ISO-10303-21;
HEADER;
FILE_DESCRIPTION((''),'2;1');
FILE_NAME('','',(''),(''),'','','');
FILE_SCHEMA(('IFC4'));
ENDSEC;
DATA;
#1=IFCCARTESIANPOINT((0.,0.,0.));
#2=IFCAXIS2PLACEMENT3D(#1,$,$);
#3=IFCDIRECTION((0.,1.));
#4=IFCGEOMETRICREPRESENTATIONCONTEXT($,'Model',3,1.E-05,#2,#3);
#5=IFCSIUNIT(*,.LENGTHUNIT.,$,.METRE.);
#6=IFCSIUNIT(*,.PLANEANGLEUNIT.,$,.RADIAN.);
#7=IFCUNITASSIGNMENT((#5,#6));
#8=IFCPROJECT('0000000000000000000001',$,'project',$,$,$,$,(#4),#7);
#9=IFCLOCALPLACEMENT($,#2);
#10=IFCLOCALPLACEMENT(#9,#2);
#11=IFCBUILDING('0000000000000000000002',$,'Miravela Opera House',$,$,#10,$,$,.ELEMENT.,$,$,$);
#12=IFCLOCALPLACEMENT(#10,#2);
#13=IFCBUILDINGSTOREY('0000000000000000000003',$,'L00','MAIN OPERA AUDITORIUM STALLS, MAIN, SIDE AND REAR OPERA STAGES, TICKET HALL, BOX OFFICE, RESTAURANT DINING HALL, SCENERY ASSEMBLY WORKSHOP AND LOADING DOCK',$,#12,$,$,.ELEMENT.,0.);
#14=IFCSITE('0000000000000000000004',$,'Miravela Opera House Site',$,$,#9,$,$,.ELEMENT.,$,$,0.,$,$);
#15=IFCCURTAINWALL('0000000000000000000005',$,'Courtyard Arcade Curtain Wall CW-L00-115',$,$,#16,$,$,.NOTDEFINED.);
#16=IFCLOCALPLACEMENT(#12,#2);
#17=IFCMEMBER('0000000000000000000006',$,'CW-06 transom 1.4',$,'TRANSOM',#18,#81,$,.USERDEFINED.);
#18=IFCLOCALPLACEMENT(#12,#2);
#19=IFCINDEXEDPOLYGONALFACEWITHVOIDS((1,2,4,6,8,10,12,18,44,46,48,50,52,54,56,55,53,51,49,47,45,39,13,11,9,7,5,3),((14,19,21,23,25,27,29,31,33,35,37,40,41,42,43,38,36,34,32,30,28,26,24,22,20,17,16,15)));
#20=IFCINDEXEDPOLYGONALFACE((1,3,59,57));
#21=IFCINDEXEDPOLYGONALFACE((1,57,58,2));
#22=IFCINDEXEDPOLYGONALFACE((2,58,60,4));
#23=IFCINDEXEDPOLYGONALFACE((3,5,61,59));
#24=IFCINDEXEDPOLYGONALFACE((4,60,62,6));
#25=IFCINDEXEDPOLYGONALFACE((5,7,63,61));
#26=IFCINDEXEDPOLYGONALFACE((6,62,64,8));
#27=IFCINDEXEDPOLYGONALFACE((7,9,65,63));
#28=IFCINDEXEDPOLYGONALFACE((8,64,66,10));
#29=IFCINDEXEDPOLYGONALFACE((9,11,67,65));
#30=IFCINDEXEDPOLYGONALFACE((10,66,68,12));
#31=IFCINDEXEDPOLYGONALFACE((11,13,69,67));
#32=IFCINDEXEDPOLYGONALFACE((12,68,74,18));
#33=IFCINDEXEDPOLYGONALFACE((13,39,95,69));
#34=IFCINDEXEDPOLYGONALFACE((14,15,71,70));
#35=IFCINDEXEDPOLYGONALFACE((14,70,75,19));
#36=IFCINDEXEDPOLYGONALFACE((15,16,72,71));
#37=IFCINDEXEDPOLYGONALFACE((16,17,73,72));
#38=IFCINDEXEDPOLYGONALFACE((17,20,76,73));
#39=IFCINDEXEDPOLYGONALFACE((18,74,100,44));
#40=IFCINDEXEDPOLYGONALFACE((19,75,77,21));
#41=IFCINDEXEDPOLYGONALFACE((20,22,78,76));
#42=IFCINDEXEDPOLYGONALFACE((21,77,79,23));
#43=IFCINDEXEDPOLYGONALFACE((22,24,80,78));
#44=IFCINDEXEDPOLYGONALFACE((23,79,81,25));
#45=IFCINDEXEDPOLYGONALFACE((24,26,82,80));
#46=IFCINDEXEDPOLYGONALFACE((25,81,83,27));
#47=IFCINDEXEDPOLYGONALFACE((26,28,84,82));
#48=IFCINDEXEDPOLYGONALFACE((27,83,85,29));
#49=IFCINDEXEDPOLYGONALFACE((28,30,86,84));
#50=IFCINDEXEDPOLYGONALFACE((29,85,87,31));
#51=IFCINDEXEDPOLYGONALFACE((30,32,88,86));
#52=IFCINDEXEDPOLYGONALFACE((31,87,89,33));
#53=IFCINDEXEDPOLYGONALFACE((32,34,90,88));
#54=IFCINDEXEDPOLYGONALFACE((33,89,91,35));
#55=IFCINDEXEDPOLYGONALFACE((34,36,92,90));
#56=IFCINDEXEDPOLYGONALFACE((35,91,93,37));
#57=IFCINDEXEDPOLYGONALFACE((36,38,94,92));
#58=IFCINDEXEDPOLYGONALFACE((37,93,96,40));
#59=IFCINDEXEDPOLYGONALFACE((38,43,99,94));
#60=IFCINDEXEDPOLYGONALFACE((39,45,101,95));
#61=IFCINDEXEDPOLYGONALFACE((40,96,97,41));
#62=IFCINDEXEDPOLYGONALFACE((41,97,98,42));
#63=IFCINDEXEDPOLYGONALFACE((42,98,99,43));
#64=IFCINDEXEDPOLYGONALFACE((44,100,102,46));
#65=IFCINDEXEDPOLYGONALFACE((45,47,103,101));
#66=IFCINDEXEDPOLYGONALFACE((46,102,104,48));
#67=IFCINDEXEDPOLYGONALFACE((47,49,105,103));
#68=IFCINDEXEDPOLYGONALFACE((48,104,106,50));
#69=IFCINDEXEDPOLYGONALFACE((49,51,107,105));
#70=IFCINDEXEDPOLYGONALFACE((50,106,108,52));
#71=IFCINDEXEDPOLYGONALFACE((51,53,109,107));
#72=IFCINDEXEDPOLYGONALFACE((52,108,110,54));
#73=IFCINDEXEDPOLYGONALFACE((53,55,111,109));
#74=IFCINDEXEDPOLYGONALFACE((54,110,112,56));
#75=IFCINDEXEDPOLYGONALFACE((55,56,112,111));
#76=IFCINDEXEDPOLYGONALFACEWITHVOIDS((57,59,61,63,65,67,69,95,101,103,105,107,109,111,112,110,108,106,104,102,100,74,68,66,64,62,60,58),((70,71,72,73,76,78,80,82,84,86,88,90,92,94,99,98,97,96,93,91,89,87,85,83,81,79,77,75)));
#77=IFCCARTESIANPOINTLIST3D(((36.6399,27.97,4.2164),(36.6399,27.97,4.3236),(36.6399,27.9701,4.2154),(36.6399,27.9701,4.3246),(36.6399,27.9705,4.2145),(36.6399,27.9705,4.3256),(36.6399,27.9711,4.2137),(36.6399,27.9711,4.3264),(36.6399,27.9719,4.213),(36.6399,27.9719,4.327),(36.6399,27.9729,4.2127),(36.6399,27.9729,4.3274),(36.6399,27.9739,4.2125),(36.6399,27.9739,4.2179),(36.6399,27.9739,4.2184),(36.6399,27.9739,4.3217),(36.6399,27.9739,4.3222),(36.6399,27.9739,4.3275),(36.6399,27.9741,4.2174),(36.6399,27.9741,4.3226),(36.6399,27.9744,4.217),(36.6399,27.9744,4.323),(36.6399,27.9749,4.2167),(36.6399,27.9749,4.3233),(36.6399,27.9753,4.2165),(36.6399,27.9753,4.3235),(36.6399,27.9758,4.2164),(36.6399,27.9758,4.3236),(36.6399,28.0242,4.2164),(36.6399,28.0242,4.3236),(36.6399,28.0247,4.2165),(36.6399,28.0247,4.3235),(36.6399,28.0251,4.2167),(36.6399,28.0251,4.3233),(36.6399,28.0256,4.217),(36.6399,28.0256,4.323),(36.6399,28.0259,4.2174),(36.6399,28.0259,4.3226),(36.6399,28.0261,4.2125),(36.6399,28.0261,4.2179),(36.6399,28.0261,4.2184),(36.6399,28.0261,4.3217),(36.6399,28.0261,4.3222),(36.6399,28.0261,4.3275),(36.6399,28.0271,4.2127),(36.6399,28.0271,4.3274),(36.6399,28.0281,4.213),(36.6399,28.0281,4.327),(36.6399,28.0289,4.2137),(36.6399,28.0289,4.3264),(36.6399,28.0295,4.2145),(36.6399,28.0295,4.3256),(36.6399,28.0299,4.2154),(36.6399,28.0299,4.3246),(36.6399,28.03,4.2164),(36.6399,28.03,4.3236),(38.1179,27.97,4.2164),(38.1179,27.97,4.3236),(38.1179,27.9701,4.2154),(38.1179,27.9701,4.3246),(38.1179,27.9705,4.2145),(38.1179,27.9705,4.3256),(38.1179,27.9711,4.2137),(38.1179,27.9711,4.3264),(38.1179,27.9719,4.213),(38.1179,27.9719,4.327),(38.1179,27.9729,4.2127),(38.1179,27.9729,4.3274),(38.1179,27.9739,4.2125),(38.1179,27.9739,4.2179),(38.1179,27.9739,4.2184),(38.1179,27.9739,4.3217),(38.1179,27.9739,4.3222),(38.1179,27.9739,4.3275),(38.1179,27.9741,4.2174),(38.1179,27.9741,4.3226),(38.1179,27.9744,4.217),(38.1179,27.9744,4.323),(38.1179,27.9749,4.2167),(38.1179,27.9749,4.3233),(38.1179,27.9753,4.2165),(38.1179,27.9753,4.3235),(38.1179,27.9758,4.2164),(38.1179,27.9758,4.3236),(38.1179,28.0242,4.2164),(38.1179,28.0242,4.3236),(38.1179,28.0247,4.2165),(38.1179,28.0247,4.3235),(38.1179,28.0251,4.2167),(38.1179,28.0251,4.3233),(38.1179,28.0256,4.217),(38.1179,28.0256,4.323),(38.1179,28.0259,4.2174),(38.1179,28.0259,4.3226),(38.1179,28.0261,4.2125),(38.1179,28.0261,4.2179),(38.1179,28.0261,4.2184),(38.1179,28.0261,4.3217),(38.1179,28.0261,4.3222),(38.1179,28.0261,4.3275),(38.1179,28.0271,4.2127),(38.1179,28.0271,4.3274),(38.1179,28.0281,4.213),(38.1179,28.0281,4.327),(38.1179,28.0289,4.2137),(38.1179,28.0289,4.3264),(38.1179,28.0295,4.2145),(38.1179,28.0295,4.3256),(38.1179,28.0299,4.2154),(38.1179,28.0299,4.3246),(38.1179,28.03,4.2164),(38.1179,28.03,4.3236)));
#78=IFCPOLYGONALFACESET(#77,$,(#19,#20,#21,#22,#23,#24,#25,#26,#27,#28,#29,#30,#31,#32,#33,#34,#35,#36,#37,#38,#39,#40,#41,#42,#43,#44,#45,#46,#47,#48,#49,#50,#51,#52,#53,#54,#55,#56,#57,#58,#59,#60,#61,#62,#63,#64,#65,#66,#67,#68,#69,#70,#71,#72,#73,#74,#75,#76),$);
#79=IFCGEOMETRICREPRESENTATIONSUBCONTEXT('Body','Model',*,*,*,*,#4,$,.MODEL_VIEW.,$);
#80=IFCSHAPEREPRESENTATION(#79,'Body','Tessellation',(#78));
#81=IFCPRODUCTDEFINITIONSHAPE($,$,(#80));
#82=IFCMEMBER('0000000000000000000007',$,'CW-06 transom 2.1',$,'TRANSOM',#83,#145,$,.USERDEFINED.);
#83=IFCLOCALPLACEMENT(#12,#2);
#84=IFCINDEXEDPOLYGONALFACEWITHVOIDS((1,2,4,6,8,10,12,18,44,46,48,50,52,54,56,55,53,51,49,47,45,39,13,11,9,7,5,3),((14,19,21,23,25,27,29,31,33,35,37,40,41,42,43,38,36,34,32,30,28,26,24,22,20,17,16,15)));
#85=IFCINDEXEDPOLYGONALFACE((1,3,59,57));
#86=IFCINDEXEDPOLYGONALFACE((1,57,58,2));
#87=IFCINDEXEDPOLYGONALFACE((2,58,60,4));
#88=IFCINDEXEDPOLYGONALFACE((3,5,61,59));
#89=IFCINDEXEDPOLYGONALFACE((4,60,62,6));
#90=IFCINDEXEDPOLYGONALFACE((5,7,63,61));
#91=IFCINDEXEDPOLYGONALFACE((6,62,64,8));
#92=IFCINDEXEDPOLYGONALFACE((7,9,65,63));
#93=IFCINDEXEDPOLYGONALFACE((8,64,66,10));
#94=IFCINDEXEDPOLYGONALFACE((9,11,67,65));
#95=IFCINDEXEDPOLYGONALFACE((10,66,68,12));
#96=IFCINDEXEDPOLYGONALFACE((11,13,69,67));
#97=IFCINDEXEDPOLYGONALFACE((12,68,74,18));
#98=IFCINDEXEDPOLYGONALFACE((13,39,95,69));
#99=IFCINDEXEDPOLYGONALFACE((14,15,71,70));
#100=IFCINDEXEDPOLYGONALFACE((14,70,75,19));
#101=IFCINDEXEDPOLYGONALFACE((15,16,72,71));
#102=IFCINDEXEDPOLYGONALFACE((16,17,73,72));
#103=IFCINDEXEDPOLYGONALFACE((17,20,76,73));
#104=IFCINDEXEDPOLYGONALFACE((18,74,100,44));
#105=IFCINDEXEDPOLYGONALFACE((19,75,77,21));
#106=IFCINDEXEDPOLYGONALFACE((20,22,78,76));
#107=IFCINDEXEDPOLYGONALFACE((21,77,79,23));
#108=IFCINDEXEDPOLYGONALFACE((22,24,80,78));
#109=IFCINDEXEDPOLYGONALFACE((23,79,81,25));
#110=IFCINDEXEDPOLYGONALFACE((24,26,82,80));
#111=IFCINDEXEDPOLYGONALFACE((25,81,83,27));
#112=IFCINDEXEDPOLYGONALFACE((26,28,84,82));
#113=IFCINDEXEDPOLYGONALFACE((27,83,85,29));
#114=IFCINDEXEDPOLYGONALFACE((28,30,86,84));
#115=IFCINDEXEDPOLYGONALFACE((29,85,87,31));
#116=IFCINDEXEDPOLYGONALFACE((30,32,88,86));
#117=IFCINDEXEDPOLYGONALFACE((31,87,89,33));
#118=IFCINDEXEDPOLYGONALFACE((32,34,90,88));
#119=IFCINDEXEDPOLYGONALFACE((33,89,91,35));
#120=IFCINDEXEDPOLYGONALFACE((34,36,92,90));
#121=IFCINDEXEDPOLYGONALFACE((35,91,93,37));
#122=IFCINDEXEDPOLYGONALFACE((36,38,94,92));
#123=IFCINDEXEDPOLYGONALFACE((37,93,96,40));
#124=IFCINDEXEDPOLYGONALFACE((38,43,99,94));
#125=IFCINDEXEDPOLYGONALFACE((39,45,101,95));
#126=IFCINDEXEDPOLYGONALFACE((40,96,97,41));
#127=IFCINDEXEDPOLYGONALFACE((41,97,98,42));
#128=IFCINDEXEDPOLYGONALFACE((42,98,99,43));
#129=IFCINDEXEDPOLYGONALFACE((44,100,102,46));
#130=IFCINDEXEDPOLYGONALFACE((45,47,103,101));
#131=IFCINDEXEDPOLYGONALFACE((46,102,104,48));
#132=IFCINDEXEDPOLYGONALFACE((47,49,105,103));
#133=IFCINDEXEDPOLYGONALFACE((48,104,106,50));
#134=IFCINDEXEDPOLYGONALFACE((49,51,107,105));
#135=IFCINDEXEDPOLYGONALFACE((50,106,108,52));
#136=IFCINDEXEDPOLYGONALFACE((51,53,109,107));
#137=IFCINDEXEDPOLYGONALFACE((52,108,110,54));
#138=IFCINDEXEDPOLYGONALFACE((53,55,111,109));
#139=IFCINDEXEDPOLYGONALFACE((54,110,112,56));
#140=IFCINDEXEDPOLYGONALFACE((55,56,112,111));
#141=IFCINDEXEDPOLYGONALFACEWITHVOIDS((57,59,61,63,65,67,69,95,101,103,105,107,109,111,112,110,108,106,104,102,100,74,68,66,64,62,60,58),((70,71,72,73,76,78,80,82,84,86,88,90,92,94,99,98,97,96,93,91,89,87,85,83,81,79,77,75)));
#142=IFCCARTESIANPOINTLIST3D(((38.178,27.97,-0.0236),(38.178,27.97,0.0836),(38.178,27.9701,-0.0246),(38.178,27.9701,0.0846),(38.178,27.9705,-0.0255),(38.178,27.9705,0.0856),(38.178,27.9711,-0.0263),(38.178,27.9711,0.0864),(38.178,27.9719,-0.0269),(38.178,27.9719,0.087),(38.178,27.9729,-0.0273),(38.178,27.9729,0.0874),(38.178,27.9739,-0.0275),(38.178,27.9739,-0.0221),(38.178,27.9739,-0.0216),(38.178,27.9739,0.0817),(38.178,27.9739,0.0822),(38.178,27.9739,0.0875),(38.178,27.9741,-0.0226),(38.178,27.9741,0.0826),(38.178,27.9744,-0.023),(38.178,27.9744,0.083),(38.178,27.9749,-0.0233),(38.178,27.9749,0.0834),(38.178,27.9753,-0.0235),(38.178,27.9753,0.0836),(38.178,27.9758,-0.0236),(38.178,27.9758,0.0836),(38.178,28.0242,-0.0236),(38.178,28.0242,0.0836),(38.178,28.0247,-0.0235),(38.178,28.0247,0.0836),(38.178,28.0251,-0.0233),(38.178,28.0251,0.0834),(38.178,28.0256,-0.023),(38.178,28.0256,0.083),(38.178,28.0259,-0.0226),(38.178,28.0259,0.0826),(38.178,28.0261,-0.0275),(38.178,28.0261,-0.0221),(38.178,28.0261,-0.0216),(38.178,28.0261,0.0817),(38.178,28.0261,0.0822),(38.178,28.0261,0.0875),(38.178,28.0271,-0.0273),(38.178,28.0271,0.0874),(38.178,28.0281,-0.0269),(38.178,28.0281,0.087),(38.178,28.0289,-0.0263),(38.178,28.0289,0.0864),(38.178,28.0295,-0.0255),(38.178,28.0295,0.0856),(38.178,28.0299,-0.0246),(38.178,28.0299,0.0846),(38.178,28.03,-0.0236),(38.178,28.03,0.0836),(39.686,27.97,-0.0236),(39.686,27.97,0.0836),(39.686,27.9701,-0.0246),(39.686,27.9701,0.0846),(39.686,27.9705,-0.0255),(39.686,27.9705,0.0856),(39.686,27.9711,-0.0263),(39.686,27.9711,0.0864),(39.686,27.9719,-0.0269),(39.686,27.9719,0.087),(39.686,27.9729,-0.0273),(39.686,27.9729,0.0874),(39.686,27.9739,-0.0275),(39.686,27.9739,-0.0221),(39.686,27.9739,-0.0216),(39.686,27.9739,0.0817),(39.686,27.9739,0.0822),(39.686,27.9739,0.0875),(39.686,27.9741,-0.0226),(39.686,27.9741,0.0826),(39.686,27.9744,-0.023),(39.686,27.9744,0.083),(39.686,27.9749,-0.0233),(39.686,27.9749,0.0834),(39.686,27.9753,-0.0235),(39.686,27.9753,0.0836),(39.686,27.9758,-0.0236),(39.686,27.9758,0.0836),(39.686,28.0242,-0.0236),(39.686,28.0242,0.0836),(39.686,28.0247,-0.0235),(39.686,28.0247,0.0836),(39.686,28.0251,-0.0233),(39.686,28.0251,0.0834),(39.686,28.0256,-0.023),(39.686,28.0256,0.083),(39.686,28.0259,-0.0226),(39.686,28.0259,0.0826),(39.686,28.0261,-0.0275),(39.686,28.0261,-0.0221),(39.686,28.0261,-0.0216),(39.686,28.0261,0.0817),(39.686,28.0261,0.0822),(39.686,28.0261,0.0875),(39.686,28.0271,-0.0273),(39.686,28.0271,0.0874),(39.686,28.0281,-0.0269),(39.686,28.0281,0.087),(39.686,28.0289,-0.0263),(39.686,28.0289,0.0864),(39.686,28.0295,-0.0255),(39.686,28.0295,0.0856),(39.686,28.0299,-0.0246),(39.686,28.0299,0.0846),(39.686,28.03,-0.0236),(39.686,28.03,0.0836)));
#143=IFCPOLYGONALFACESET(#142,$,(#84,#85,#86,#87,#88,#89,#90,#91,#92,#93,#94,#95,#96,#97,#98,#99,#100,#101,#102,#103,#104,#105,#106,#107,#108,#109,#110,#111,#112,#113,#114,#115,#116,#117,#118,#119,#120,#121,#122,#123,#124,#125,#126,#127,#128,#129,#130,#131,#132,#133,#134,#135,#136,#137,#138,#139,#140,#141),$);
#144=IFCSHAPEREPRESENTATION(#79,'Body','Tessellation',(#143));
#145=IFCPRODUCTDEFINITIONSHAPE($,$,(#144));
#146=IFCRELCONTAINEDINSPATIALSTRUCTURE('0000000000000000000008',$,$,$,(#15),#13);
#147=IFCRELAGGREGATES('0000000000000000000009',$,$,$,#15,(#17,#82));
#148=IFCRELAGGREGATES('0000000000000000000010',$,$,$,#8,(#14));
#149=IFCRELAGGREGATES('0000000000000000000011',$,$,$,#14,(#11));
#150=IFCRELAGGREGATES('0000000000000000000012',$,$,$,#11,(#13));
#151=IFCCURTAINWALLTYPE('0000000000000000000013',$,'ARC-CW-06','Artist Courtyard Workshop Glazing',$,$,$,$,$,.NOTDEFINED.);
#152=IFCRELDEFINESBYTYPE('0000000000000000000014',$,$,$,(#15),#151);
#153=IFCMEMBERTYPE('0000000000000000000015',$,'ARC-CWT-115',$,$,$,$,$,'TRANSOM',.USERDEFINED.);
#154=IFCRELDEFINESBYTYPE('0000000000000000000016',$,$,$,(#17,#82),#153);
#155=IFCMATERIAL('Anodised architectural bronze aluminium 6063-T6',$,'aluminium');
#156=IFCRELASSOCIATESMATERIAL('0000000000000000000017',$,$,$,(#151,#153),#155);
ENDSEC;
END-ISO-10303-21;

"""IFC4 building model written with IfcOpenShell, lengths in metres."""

from ifc_helpers import new_model, si_unit, direction, frame, origin, origin_2d, place, context, subcontext, project, spatial, hollow_rectangle, extrude, material, material_profile, profile_set, type_object, element, aggregate, save


model = new_model("IFC4")

# Units and contexts
model_context = context("Model", 3, precision=1e-05, world=origin(), true_north=direction((0.0, 1.0)))
body_context = subcontext(model_context, "Body", "Model", "MODEL_VIEW")
ifc_project = project(units=[si_unit("LENGTHUNIT", "METRE"), si_unit("PLANEANGLEUNIT", "RADIAN")], contexts=[model_context])

# Site, building, storey
site_placement = place(None, origin())
site = spatial("IfcSite", under=ifc_project, at=site_placement, Name="Miravela Opera House Site", CompositionType="ELEMENT", RefElevation=0.0)
building_placement = place(site_placement, origin())
building = spatial("IfcBuilding", under=site, at=building_placement, Name="Miravela Opera House", CompositionType="ELEMENT")
storey_placement = place(building_placement, origin())
storey = spatial("IfcBuildingStorey", under=building, at=storey_placement, Name="L00", Description="MAIN OPERA AUDITORIUM STALLS, MAIN, SIDE AND REAR OPERA STAGES, TICKET HALL, BOX OFFICE, RESTAURANT DINING HALL, SCENERY ASSEMBLY WORKSHOP AND LOADING DOCK", CompositionType="ELEMENT", Elevation=0.0)

# Curtain wall, members
ifc_material_1 = material(Name="Anodised architectural bronze aluminium 6063-T6", Category="aluminium")
curtain_wall_type = type_object("IfcCurtainWallType", Name="ARC-CW-06", Description="Artist Courtyard Workshop Glazing", PredefinedType="NOTDEFINED", material=ifc_material_1)
curtain_wall_placement = place(storey_placement, origin())
curtain_wall = element("IfcCurtainWall", 1, at=curtain_wall_placement, inside=storey, type_object=curtain_wall_type, Name="Courtyard Arcade Curtain Wall CW-L00-115", PredefinedType="NOTDEFINED")
ifc_material_profile_1 = material_profile(ifc_material_1, hollow_rectangle(XDim=0.0601, YDim=0.115, WallThickness=0.0039, InnerFilletRadius=0.002, OuterFilletRadius=0.0039, at=origin_2d()), Name="CWT-60X115")
ifc_profile_set_1 = profile_set([ifc_material_profile_1])
member_type_1 = type_object("IfcMemberType", Name="ARC-CWT-115", ElementType="TRANSOM", PredefinedType="USERDEFINED", material=ifc_profile_set_1)
member_1_placement = place(storey_placement, frame((36.6399, 28.0, 4.27), z_axis=(1.0, 0.0, 0.0), x_axis=(0.0, 1.0, 0.0)))
member_1 = element("IfcMember", 2, at=member_1_placement, type_object=member_type_1, Name="CW-06 transom 1.4", ObjectType="TRANSOM", PredefinedType="USERDEFINED", context=body_context, shape_type="SweptSolid", body=[
    extrude(hollow_rectangle(XDim=0.0601, YDim=0.115, WallThickness=0.0039, InnerFilletRadius=0.002, OuterFilletRadius=0.0039, at=origin_2d()), origin(), (0.0, 0.0, 1.0), 1.478),
])
member_2_placement = place(storey_placement, frame((38.178, 28.0, 0.03), z_axis=(1.0, 0.0, 0.0), x_axis=(0.0, 1.0, 0.0)))
member_2 = element("IfcMember", 3, at=member_2_placement, type_object=member_type_1, Name="CW-06 transom 2.1", ObjectType="TRANSOM", PredefinedType="USERDEFINED", context=body_context, shape_type="SweptSolid", body=[
    extrude(hollow_rectangle(XDim=0.0601, YDim=0.115, WallThickness=0.0039, InnerFilletRadius=0.002, OuterFilletRadius=0.0039, at=origin_2d()), origin(), (0.0, 0.0, 1.0), 1.5081),
])

aggregate(curtain_wall, [member_1, member_2])

save(model, "model.ifc")
